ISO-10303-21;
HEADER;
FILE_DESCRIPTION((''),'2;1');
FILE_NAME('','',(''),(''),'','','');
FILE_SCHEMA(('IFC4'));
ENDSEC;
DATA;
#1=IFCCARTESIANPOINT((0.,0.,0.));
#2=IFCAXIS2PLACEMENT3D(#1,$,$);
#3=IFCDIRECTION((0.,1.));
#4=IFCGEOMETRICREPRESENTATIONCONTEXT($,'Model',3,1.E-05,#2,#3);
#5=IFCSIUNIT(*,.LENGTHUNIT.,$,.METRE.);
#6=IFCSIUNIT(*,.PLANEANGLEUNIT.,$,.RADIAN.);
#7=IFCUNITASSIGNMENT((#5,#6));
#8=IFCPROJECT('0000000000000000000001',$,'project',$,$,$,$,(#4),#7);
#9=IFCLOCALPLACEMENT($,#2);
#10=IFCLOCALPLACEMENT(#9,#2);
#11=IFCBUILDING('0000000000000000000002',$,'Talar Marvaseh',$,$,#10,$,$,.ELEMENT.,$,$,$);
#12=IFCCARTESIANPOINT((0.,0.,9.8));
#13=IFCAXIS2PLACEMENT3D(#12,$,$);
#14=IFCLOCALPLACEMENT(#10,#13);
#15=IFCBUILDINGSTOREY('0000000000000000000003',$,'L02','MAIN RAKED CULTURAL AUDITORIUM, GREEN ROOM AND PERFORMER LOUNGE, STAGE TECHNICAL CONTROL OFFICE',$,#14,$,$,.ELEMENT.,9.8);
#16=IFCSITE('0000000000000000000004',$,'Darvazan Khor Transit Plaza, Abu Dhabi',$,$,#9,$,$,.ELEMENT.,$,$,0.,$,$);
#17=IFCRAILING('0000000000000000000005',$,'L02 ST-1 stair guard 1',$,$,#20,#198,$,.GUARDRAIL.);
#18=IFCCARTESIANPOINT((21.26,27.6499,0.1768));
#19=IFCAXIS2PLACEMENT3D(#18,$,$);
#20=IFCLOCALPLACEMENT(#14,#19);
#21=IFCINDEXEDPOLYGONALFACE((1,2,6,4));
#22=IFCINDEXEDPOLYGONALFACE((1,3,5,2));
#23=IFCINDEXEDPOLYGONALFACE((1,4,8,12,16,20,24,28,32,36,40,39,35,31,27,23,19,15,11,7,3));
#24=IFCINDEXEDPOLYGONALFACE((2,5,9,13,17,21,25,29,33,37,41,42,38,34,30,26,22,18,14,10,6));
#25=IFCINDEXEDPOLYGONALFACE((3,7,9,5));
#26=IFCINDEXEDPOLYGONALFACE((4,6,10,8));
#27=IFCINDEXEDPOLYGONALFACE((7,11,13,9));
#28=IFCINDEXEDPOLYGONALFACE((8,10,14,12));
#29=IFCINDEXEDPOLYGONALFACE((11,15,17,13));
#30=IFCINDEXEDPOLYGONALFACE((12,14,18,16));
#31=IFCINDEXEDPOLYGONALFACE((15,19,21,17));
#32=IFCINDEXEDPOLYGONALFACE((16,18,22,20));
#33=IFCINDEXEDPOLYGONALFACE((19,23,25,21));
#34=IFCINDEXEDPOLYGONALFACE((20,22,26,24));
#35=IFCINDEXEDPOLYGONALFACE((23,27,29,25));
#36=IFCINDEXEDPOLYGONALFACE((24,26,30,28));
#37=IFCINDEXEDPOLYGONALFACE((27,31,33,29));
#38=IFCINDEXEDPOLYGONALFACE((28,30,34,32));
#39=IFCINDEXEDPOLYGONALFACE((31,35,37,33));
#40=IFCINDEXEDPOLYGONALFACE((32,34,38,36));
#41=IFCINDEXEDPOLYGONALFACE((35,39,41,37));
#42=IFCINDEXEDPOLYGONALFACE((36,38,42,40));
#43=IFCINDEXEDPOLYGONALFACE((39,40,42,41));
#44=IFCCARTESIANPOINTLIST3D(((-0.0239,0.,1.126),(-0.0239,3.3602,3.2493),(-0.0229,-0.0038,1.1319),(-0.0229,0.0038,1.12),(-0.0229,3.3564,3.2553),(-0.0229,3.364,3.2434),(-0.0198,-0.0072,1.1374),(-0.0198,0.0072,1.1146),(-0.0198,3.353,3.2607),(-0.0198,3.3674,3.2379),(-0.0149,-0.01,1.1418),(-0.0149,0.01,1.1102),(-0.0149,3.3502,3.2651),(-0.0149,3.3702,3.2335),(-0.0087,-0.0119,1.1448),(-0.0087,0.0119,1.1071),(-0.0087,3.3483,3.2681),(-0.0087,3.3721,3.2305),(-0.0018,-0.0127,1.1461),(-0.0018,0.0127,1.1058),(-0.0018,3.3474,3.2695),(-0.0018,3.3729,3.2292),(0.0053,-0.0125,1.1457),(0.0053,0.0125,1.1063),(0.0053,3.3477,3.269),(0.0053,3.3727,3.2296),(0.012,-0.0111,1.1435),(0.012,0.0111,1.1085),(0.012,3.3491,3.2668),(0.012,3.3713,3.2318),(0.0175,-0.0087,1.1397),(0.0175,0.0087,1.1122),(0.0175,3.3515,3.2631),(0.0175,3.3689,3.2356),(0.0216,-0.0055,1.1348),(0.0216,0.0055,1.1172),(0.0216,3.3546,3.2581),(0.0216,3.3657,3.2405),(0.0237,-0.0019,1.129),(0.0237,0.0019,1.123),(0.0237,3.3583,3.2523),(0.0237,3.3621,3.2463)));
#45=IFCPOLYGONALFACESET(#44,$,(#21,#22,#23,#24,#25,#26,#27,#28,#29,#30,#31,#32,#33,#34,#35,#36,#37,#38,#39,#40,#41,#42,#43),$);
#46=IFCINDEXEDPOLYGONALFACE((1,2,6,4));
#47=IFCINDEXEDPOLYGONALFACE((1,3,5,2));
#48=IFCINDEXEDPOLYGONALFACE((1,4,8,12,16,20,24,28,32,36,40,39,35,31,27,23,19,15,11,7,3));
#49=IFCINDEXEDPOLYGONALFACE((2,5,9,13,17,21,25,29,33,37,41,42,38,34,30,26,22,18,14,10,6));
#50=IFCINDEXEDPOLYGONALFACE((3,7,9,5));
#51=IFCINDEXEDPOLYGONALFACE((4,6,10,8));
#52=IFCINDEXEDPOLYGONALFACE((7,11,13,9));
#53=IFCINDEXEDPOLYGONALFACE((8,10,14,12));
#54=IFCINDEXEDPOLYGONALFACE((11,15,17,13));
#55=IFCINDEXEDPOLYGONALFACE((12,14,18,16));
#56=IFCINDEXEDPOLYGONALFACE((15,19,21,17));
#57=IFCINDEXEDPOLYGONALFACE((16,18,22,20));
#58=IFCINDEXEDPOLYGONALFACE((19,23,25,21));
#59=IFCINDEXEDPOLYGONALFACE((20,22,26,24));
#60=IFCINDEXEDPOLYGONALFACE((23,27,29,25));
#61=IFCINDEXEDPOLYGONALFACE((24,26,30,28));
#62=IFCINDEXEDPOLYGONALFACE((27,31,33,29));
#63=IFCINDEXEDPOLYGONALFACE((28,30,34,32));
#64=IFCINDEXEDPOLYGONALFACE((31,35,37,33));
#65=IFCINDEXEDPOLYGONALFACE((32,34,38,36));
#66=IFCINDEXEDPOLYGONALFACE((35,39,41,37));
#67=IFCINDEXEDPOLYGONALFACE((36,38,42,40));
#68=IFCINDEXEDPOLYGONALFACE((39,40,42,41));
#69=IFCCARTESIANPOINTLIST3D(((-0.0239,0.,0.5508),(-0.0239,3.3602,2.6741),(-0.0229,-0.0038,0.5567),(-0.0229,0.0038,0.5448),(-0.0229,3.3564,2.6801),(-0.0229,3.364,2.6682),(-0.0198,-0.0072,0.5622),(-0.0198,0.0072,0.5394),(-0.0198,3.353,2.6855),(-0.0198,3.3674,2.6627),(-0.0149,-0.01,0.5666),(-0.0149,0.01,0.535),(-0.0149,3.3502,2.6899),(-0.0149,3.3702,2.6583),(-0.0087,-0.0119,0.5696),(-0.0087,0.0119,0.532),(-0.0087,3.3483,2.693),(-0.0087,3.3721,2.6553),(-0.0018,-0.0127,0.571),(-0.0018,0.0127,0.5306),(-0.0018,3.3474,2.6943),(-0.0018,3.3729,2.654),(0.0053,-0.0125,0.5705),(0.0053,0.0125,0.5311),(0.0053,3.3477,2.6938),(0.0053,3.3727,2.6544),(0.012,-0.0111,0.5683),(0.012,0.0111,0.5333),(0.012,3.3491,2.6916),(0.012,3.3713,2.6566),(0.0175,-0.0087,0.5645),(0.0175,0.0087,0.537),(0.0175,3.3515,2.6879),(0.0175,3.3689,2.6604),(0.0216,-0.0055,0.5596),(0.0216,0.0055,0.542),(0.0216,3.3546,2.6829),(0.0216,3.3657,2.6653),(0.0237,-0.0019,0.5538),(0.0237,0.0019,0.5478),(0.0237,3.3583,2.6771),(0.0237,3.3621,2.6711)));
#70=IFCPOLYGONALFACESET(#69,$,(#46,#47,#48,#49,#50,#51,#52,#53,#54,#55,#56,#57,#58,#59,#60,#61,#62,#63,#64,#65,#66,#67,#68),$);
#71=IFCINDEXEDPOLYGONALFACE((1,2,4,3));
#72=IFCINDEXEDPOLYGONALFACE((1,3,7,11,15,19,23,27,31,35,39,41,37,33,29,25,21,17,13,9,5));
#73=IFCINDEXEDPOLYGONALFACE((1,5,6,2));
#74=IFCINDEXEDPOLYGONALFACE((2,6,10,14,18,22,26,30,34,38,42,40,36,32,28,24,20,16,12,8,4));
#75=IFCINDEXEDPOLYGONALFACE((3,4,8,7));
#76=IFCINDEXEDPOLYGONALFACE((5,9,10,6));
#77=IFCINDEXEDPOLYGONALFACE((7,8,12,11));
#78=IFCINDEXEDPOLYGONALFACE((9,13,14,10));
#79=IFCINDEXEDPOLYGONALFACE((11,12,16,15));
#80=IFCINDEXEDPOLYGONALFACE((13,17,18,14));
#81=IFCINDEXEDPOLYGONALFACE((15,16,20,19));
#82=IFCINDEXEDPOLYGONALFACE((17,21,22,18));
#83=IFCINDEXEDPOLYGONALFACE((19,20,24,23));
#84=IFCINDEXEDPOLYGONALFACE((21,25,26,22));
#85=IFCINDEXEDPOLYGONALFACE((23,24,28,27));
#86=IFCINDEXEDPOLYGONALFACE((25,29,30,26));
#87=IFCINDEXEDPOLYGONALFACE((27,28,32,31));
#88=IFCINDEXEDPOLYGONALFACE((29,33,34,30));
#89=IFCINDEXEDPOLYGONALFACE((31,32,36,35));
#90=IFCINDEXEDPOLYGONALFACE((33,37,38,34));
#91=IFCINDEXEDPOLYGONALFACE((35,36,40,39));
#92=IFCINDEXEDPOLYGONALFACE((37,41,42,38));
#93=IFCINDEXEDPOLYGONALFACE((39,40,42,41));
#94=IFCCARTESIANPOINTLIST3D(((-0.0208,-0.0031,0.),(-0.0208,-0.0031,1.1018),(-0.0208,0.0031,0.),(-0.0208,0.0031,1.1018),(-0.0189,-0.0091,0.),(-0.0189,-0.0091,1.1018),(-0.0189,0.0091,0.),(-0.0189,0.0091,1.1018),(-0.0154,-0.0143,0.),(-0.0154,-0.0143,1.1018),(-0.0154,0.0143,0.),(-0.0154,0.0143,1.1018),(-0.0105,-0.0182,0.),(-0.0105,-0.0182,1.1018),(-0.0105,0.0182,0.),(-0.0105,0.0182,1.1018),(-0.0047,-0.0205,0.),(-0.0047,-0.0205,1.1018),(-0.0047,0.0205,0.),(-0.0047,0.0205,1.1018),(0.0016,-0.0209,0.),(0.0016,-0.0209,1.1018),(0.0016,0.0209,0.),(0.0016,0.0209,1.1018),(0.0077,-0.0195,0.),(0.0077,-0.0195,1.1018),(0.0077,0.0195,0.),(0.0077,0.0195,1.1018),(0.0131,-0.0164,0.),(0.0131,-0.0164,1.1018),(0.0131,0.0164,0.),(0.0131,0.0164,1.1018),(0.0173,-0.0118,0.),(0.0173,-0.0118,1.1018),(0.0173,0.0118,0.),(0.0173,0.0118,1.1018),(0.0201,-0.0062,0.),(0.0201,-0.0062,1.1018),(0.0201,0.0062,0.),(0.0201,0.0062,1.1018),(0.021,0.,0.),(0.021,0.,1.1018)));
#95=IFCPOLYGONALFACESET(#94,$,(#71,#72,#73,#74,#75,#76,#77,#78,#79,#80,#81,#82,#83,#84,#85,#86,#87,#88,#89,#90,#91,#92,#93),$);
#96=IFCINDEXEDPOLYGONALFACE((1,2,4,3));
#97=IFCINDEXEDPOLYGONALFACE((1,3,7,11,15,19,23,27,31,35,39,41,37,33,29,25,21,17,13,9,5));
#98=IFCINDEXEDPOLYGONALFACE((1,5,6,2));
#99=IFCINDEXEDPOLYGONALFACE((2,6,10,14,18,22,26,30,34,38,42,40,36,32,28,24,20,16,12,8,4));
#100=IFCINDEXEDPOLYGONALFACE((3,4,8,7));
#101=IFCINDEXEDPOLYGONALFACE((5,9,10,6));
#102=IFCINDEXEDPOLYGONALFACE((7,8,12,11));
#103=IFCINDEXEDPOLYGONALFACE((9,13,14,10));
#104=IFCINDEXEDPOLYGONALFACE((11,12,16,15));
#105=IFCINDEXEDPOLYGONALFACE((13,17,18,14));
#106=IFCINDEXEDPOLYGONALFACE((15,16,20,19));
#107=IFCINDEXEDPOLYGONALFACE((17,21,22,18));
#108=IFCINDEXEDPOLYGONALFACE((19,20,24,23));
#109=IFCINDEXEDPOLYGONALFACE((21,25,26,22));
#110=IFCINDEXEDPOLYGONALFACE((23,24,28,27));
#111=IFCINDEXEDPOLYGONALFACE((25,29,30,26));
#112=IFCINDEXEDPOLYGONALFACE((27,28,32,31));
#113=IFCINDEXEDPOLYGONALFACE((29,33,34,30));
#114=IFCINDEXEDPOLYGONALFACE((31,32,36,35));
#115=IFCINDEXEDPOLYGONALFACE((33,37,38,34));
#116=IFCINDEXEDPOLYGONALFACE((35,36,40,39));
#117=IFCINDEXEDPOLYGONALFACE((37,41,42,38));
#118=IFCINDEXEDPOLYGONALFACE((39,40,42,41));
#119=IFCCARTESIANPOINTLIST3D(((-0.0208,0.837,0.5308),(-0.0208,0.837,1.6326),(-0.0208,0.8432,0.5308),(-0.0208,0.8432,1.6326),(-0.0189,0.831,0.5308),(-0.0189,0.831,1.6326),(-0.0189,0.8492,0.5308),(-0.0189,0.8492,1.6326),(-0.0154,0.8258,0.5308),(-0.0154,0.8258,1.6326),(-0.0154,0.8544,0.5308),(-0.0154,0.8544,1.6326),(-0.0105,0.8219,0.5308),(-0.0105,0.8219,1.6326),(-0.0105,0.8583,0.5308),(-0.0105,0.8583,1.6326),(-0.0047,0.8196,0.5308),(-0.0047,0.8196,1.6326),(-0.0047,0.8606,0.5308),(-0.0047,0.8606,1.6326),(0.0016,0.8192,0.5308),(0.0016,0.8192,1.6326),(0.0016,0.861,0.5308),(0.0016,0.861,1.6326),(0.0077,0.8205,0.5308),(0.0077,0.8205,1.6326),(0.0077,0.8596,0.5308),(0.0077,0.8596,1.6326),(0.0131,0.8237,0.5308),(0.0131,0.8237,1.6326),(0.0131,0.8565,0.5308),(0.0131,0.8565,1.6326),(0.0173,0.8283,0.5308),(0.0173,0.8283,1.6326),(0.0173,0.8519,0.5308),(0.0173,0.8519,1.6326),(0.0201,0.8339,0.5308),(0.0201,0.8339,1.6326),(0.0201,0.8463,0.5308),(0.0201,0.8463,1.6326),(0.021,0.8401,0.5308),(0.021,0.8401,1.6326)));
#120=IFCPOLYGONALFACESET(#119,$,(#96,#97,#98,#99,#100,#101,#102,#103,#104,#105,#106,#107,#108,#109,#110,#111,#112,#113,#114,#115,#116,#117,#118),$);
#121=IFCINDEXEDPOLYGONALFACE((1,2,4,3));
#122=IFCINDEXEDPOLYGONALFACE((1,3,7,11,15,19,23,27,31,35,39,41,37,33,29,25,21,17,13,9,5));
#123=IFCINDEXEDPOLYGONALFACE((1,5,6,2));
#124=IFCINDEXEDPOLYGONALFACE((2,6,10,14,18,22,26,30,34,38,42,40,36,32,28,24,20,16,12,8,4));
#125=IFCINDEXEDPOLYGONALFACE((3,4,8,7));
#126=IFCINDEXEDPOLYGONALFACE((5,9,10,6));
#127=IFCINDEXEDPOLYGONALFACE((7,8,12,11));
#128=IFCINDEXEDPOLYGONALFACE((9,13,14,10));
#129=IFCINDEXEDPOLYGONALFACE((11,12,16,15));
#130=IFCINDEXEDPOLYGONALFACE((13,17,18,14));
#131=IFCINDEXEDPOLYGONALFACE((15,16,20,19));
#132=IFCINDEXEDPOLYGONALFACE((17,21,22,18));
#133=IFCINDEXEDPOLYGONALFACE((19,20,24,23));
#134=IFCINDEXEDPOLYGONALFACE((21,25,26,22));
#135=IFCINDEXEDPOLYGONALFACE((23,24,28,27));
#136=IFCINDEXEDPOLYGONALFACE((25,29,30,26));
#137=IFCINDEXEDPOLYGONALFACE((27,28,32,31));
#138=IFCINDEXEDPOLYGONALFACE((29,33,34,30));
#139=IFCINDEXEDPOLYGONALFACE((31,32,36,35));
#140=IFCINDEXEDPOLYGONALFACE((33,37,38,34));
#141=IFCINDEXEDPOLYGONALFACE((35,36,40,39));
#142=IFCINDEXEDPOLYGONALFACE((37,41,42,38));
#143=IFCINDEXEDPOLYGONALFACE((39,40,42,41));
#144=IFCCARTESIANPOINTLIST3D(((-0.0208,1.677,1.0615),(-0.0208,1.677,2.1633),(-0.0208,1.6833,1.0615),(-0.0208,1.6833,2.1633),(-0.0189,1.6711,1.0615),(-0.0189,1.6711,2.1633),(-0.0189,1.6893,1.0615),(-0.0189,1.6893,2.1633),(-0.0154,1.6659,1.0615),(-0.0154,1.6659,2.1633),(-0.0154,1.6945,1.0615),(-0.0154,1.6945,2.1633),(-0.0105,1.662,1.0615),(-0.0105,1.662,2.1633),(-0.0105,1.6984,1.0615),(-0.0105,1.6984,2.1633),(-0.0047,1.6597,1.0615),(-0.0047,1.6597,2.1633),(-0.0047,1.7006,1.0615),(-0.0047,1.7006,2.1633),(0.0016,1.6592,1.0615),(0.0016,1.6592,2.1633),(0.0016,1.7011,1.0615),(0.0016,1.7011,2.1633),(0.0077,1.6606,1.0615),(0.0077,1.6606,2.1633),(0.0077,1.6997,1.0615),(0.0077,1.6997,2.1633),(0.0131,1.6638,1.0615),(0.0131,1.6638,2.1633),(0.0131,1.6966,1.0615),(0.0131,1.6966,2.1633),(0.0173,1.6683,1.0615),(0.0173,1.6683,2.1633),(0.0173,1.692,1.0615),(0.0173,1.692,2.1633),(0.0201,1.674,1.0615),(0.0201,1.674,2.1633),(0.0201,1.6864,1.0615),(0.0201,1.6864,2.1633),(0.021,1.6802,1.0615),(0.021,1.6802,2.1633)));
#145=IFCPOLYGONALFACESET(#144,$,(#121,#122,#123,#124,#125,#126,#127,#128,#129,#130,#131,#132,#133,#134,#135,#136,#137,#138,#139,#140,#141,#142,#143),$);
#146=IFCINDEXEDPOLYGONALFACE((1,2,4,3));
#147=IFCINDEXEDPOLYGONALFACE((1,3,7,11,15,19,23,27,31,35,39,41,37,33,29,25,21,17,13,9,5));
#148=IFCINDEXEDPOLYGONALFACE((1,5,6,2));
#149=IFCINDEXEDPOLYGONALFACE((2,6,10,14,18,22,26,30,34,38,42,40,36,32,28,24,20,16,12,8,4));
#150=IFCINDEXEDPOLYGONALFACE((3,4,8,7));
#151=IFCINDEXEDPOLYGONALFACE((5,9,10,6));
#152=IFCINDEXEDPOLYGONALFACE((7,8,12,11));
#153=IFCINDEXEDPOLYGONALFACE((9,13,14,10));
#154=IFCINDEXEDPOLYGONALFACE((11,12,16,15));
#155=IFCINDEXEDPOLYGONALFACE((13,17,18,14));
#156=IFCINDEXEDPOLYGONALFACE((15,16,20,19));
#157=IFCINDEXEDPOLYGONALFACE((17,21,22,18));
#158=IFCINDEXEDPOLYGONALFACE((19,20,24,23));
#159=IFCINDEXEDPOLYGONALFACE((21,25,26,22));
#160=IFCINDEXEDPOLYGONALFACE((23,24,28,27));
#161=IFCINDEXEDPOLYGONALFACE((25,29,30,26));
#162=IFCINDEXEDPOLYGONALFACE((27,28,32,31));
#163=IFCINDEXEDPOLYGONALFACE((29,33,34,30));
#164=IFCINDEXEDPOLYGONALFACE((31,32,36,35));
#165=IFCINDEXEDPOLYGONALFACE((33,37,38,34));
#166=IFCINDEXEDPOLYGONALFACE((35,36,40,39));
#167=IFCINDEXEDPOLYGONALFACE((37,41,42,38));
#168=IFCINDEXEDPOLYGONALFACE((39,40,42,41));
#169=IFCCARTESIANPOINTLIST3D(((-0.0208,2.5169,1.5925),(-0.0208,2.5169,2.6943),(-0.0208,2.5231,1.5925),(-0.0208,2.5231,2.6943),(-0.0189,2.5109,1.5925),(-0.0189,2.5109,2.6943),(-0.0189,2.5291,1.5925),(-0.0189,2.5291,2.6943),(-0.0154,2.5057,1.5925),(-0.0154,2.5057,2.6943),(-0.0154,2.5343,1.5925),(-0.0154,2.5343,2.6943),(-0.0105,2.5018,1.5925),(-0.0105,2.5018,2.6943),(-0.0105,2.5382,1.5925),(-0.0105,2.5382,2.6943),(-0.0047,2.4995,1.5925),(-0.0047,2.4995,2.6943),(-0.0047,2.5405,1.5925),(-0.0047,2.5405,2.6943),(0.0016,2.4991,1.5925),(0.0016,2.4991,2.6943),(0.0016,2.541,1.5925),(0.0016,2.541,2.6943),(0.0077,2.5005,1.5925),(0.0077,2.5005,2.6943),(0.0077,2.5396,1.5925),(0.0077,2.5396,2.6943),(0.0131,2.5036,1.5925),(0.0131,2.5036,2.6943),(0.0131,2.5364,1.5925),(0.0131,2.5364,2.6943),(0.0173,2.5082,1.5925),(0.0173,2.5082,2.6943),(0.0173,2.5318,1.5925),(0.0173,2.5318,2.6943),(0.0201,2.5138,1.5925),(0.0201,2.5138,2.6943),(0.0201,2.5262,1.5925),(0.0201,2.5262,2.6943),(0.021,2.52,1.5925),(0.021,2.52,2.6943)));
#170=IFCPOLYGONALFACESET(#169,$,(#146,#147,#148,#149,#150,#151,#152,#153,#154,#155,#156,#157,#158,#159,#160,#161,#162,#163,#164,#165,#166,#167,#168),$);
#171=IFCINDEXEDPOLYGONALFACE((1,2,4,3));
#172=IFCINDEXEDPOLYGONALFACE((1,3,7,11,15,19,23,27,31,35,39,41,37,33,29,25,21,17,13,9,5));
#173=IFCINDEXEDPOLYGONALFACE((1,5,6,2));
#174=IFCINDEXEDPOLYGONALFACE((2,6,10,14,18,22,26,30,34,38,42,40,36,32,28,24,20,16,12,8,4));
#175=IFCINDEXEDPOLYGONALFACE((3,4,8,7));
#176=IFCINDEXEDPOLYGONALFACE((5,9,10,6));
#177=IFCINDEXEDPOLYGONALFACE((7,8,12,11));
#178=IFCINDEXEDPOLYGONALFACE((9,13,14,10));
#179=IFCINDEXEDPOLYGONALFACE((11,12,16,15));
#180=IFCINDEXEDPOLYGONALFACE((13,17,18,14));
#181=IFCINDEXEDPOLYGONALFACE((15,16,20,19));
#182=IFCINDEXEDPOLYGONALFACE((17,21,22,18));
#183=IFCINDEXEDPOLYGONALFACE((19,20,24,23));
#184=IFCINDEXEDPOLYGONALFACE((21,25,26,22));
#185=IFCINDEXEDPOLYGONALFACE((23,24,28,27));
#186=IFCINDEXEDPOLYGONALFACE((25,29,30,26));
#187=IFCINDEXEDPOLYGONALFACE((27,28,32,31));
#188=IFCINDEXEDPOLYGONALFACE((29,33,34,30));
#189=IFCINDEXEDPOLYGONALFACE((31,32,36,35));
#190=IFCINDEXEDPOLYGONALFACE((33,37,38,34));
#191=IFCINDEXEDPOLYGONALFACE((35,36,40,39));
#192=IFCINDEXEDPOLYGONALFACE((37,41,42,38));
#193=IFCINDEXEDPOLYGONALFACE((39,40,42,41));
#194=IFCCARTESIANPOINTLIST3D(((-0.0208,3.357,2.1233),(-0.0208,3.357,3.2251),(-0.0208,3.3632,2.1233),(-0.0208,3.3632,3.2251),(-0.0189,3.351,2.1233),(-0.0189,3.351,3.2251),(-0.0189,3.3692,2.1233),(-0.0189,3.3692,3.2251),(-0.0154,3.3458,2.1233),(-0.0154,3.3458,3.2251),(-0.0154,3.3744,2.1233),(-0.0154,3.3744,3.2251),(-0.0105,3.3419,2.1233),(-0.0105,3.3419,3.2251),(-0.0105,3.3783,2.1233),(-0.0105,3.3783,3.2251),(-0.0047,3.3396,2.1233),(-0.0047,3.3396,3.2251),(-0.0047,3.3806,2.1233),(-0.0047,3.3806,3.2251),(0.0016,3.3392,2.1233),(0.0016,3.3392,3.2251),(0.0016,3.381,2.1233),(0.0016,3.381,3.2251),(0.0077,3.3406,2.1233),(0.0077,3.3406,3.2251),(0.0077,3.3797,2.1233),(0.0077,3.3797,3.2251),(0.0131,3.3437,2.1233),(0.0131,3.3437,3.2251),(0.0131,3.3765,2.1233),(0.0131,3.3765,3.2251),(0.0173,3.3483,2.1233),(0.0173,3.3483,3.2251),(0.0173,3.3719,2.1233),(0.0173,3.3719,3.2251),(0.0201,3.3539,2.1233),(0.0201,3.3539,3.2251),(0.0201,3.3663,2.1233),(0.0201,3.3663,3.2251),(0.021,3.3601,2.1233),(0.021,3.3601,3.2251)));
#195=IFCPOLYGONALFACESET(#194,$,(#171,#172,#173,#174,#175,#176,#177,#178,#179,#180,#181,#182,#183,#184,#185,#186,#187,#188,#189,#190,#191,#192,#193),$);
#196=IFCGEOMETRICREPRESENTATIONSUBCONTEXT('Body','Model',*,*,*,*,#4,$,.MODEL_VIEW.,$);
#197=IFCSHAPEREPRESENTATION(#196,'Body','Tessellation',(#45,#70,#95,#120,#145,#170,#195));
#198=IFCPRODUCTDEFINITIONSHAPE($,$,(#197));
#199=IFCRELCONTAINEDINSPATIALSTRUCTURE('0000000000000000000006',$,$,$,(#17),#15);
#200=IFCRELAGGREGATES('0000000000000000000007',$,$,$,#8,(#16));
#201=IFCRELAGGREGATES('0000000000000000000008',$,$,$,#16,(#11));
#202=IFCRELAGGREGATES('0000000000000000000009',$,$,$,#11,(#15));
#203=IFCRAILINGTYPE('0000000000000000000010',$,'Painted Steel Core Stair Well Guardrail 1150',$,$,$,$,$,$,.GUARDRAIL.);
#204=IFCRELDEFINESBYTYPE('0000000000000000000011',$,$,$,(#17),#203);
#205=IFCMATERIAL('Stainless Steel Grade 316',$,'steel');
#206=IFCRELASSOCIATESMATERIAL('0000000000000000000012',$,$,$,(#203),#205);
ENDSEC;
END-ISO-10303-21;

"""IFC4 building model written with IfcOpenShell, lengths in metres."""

from ifc_helpers import new_model, si_unit, direction, frame, origin, origin_2d, place, context, subcontext, project, spatial, circle, extrude, material, type_object, element, save


model = new_model("IFC4")

# Units and contexts
model_context = context("Model", 3, precision=1e-05, world=origin(), true_north=direction((0.0, 1.0)))
body_context = subcontext(model_context, "Body", "Model", "MODEL_VIEW")
ifc_project = project(units=[si_unit("LENGTHUNIT", "METRE"), si_unit("PLANEANGLEUNIT", "RADIAN")], contexts=[model_context])

# Site, building, storey
site_placement = place(None, origin())
site = spatial("IfcSite", under=ifc_project, at=site_placement, Name="Darvazan Khor Transit Plaza, Abu Dhabi", CompositionType="ELEMENT", RefElevation=0.0)
building_placement = place(site_placement, origin())
building = spatial("IfcBuilding", under=site, at=building_placement, Name="Talar Marvaseh", CompositionType="ELEMENT")
storey_placement = place(building_placement, frame((0.0, 0.0, 9.8)))
storey = spatial("IfcBuildingStorey", under=building, at=storey_placement, Name="L02", Description="MAIN RAKED CULTURAL AUDITORIUM, GREEN ROOM AND PERFORMER LOUNGE, STAGE TECHNICAL CONTROL OFFICE", CompositionType="ELEMENT", Elevation=9.8)

# Shared definitions
ifc_material_1 = material(Name="Stainless Steel Grade 316", Category="steel")

# Railing
railing_type_1 = type_object("IfcRailingType", Name="Painted Steel Core Stair Well Guardrail 1150", PredefinedType="GUARDRAIL", material=ifc_material_1)
railing_1_placement = place(storey_placement, frame((21.26, 27.6499, 0.1768)))
element("IfcRailing", 1, at=railing_1_placement, inside=storey, type_object=railing_type_1, Name="L02 ST-1 stair guard 1", PredefinedType="GUARDRAIL", context=body_context, shape_type="SweptSolid", body=[
    extrude(circle(Radius=0.0239, at=origin_2d()), frame((0.0, 0.0, 1.126), z_axis=(0.0, 0.845362, 0.534194), x_axis=(-1.0, 0.0, 0.0)), (0.0, 0.0, 1.0), 3.9749),
    extrude(circle(Radius=0.0239, at=origin_2d()), frame((0.0, 0.0, 0.5508), z_axis=(0.0, 0.845362, 0.534194), x_axis=(-1.0, 0.0, 0.0)), (0.0, 0.0, 1.0), 3.9749),
    extrude(circle(Radius=0.021, at=origin_2d()), origin(), (0.0, 0.0, 1.0), 1.1018),
    extrude(circle(Radius=0.021, at=origin_2d()), frame((0.0, 0.8401, 0.5308)), (0.0, 0.0, 1.0), 1.1018),
    extrude(circle(Radius=0.021, at=origin_2d()), frame((0.0, 1.6802, 1.0615)), (0.0, 0.0, 1.0), 1.1018),
    extrude(circle(Radius=0.021, at=origin_2d()), frame((0.0, 2.52, 1.5925)), (0.0, 0.0, 1.0), 1.1018),
    extrude(circle(Radius=0.021, at=origin_2d()), frame((0.0, 3.3601, 2.1233)), (0.0, 0.0, 1.0), 1.1018),
])

save(model, "model.ifc")
